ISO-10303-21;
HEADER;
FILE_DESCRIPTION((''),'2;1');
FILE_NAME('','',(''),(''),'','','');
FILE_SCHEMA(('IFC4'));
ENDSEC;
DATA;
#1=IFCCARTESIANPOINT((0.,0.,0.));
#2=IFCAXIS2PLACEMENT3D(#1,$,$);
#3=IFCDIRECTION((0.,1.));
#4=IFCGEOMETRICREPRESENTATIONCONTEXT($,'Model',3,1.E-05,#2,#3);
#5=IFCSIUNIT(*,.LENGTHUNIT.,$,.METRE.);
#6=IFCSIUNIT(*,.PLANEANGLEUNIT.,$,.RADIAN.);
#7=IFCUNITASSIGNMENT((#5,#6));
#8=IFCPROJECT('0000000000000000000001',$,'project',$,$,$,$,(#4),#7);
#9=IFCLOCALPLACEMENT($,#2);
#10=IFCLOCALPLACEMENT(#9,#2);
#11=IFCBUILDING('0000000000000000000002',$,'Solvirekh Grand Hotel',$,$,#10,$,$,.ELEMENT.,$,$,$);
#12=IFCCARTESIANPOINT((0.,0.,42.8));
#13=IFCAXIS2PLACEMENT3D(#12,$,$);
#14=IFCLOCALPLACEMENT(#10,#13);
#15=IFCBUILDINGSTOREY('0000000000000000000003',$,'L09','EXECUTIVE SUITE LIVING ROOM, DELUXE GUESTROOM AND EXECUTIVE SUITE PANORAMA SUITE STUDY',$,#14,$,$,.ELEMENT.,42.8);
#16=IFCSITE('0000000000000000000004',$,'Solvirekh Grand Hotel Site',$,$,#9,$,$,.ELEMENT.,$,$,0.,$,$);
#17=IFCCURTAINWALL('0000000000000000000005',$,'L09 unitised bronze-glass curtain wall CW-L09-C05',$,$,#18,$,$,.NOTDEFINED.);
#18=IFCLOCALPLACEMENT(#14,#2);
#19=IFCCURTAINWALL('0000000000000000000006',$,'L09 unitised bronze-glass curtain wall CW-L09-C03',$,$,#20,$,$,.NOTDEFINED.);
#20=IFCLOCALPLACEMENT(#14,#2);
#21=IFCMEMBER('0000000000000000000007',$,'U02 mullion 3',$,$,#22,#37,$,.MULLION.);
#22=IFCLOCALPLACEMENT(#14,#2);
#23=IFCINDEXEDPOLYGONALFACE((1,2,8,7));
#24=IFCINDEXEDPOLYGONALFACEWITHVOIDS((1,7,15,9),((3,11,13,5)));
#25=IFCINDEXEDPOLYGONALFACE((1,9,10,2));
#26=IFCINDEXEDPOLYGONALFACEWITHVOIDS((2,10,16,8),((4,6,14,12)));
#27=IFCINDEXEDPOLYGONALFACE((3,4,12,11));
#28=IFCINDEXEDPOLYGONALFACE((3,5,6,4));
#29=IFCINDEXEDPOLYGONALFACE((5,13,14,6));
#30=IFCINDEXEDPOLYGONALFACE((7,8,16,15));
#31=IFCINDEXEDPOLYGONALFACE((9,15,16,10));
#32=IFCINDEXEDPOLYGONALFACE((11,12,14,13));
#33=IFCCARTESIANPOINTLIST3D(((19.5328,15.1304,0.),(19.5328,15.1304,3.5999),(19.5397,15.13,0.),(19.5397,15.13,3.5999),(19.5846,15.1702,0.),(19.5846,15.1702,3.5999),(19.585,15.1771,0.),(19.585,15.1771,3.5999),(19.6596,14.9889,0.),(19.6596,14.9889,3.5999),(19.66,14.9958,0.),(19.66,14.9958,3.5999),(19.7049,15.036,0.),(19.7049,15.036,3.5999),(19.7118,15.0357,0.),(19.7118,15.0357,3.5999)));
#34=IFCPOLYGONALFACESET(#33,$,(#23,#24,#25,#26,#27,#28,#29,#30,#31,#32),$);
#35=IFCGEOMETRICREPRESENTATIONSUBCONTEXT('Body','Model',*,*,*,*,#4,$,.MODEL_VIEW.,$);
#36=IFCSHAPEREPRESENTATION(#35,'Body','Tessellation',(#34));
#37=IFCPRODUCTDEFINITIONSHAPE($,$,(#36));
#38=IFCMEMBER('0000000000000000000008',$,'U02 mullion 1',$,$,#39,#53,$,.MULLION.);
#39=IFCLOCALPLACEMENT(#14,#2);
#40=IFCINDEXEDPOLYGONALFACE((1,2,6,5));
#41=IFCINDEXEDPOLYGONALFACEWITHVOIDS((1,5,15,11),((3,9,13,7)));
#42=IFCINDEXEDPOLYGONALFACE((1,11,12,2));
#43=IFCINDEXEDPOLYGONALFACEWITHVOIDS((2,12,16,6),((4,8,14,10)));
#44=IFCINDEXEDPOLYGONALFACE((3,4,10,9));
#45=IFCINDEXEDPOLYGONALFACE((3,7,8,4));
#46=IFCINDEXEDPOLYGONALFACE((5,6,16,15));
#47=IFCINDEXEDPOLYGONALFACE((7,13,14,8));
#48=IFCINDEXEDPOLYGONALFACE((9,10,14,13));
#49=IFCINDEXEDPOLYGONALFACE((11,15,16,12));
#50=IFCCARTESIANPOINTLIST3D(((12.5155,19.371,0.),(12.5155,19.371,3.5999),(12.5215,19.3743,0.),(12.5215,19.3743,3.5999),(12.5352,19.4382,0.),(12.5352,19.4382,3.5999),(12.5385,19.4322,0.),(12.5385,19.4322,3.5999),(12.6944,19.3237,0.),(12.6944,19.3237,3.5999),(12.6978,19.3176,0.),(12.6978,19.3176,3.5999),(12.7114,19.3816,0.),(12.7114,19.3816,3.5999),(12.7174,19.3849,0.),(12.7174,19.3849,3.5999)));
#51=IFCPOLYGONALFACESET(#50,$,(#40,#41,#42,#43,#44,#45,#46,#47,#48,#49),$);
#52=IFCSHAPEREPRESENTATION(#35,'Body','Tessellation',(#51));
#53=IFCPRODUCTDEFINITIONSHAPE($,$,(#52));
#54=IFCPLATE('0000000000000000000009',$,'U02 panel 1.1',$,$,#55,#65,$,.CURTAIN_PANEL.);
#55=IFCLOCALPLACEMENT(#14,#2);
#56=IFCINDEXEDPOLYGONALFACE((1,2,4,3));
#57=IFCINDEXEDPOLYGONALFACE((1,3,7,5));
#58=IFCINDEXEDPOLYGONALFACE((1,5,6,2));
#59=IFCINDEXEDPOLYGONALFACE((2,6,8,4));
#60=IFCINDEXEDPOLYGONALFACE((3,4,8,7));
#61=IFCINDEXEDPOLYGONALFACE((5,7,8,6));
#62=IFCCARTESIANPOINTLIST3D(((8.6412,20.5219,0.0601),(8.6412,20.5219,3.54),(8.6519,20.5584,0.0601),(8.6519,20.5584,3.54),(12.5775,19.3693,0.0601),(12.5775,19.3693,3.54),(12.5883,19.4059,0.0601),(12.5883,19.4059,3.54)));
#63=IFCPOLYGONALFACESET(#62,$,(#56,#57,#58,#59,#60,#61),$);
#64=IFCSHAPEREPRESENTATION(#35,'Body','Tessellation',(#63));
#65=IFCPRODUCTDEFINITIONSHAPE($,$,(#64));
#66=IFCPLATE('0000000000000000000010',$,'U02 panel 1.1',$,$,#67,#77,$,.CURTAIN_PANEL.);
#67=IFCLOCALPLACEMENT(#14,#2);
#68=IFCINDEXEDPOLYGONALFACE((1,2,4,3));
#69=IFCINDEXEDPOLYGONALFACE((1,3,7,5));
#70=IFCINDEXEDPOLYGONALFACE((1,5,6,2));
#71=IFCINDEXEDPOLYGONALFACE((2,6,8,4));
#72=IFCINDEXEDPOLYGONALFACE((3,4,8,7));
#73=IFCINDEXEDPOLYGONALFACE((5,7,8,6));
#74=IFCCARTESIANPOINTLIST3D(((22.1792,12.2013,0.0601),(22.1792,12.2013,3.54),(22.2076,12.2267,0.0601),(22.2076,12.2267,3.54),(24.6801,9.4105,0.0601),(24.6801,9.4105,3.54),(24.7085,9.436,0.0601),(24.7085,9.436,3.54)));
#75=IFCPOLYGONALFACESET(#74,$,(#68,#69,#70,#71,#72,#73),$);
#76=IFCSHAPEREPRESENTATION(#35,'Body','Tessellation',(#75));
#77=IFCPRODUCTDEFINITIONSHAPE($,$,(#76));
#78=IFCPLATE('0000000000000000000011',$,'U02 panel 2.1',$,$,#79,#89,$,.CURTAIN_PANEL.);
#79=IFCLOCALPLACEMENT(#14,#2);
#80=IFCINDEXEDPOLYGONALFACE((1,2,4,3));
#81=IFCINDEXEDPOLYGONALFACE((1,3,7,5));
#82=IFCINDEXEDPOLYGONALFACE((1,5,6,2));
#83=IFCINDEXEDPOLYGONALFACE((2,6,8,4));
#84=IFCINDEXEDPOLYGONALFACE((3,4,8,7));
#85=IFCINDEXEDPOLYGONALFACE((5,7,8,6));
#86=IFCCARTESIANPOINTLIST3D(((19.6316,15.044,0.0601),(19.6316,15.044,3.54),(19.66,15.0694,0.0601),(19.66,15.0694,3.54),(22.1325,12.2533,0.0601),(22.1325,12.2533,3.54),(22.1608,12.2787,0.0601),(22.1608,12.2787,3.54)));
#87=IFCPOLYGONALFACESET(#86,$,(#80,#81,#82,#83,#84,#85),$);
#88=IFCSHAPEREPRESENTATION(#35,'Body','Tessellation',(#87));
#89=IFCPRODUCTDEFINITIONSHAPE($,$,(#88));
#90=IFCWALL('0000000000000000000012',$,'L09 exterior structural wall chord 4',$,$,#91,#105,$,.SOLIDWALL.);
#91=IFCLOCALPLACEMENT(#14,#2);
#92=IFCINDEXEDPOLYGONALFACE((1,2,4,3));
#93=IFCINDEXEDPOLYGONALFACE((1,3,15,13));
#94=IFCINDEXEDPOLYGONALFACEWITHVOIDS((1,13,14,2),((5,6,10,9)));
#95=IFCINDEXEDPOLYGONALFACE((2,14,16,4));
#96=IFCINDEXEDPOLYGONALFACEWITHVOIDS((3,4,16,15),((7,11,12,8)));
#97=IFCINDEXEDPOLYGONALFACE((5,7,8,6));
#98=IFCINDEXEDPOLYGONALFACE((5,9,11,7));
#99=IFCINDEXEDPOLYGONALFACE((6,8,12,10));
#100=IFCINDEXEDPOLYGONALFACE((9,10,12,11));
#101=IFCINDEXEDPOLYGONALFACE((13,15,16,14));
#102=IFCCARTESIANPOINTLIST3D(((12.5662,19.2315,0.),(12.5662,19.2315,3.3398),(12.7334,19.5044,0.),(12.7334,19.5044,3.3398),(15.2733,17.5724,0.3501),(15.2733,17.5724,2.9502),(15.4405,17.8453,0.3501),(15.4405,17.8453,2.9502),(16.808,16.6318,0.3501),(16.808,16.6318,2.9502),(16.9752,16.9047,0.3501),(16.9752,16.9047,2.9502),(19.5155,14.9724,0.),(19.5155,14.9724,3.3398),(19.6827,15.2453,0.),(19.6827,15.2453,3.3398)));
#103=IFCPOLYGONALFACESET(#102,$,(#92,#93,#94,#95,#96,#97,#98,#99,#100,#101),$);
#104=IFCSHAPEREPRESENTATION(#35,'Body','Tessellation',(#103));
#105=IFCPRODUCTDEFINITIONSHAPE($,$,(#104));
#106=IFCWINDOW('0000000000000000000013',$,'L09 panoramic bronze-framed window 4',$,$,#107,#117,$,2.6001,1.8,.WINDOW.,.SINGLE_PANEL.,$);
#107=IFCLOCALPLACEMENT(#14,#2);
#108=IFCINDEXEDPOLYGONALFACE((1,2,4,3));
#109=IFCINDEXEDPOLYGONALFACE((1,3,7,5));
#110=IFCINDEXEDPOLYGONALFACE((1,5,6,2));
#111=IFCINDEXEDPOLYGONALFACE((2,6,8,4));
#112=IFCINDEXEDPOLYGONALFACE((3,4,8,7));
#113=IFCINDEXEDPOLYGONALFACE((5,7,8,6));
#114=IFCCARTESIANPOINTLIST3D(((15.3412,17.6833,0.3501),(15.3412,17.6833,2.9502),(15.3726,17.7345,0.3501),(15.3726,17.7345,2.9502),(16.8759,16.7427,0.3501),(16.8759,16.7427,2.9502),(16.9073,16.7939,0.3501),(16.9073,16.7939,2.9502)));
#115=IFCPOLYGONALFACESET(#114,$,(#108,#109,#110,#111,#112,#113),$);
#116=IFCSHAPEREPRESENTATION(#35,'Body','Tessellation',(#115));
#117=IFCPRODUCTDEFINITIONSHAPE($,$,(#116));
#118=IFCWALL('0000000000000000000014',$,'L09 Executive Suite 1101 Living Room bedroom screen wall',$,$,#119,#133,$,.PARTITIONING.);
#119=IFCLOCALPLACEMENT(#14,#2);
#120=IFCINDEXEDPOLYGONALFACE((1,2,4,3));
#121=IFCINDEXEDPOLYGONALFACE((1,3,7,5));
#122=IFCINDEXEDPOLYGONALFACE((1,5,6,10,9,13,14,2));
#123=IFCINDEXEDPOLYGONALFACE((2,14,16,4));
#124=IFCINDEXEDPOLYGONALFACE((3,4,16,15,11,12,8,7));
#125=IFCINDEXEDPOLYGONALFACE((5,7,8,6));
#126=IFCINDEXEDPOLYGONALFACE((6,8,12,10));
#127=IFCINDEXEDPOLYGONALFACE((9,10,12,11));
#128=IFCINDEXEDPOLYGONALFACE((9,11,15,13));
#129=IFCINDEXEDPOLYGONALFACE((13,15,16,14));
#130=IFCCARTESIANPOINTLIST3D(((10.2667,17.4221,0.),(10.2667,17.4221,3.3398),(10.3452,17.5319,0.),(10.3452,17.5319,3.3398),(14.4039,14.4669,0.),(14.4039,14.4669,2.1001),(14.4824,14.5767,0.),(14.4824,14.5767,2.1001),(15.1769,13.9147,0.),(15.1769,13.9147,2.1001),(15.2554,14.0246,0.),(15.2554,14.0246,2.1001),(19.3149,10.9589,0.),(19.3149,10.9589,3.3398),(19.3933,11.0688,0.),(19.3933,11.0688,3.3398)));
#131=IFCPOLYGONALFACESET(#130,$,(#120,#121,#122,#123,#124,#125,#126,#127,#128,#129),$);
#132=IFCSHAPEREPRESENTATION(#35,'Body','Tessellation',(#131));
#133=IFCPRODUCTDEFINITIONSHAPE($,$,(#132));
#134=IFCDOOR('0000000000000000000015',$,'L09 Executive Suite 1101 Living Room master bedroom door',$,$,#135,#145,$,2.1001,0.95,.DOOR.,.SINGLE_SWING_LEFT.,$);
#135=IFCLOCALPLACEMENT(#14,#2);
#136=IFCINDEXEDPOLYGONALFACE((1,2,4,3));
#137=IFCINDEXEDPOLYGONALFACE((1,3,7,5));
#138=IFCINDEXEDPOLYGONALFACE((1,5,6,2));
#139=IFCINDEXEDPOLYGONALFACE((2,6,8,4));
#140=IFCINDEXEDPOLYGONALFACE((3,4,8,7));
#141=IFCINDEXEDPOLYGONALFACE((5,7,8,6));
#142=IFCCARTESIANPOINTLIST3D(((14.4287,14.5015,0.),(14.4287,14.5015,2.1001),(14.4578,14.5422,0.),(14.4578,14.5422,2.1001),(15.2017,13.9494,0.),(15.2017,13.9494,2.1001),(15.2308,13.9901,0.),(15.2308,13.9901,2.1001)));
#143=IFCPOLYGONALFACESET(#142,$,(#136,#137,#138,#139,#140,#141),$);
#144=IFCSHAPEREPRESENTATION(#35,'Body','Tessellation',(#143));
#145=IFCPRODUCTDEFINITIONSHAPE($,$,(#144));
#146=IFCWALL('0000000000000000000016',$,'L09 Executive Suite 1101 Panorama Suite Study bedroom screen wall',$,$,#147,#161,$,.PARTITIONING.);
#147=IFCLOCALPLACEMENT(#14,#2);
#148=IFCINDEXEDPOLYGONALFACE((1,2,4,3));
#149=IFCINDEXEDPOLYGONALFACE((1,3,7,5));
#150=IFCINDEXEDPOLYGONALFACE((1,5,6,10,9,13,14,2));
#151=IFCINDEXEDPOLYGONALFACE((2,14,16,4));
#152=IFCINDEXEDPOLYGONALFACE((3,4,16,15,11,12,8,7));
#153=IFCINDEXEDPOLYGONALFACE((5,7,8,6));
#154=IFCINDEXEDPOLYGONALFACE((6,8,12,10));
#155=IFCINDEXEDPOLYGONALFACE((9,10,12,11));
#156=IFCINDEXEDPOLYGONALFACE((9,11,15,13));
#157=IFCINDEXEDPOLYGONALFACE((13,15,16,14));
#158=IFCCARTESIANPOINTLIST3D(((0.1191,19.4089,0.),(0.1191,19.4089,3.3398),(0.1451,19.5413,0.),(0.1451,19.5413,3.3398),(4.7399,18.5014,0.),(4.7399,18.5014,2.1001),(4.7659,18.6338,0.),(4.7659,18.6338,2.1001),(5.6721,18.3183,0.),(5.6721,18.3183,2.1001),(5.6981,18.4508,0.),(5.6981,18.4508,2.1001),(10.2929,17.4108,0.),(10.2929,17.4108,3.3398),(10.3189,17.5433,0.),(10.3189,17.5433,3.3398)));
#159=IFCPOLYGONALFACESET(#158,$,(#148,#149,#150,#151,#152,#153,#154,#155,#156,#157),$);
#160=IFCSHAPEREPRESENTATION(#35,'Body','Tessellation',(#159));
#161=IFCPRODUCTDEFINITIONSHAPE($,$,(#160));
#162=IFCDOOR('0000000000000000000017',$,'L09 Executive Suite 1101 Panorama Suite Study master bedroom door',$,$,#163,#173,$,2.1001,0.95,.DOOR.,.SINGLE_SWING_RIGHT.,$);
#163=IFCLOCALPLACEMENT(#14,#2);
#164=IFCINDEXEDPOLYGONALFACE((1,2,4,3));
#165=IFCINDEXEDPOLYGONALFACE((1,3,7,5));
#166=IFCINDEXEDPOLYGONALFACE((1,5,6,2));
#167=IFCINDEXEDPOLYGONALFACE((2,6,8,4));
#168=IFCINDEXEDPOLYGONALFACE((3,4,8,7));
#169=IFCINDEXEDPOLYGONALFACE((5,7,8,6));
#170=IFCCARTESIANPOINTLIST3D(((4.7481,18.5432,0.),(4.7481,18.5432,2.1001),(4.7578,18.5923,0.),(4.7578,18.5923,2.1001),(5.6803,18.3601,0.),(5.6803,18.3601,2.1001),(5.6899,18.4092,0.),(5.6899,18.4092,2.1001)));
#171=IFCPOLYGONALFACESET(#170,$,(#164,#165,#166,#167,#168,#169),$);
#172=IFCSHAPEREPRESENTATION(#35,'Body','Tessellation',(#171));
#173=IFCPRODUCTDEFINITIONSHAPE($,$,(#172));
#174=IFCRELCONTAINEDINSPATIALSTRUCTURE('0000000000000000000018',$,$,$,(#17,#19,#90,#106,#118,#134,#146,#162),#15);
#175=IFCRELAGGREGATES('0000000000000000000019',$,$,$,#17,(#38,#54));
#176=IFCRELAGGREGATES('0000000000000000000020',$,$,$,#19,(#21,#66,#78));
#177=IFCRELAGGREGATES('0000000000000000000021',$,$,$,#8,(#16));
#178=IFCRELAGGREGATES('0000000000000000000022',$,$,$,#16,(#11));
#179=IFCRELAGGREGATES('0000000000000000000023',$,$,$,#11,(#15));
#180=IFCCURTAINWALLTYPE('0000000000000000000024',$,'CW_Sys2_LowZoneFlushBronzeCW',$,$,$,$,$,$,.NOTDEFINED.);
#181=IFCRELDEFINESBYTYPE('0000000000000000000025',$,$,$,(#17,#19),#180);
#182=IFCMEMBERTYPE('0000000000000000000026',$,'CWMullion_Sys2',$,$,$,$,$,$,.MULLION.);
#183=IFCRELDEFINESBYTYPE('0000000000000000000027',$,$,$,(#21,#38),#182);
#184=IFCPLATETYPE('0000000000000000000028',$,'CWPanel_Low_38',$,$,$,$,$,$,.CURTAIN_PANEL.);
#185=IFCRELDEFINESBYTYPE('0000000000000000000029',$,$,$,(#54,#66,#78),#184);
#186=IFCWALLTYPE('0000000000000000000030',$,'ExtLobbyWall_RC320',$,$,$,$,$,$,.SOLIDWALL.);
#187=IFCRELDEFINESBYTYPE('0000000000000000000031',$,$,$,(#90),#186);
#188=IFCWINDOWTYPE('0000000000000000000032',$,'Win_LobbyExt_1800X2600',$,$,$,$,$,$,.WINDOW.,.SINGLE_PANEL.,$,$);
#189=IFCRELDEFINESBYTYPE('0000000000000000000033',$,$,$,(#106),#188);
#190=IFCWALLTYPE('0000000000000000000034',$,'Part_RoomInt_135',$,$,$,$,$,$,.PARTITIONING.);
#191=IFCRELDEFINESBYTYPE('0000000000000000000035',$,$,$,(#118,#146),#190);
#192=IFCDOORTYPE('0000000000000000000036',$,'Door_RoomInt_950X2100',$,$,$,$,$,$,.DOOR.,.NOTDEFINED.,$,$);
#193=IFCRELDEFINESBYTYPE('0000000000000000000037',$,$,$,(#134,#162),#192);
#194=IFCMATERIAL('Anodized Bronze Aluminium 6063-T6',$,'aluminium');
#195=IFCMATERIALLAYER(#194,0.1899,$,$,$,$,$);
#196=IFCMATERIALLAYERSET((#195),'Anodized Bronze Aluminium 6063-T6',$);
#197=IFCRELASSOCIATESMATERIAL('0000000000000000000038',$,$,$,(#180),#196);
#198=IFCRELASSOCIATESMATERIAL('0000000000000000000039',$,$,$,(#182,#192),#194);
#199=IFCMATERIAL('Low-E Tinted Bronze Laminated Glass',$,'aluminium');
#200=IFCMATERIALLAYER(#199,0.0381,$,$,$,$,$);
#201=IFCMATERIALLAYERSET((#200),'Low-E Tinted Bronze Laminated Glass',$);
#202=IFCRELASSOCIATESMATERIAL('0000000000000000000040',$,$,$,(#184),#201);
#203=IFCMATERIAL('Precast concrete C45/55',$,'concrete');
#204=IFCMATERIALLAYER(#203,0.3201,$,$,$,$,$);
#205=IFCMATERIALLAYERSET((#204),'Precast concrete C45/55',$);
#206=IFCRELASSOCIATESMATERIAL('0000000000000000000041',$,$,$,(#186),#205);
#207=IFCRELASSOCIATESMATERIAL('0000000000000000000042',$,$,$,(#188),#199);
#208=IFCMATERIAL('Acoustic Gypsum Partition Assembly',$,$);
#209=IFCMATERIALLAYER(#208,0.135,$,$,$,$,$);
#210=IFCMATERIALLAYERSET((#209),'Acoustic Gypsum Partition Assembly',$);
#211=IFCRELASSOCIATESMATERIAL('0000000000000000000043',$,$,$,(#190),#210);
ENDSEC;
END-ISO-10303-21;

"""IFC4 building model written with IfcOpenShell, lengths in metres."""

from ifc_helpers import new_model, si_unit, direction, frame, frame_2d, origin, origin_2d, place, context, subcontext, project, spatial, rectangle, hollow_rectangle, extrude, source, transform, mapped, material, layer, layer_set, material_profile, profile_set, type_object, element, fill, aggregate, save


model = new_model("IFC4")

# Units and contexts
model_context = context("Model", 3, precision=1e-05, world=origin(), true_north=direction((0.0, 1.0)))
body_context = subcontext(model_context, "Body", "Model", "MODEL_VIEW")
ifc_project = project(units=[si_unit("LENGTHUNIT", "METRE"), si_unit("PLANEANGLEUNIT", "RADIAN")], contexts=[model_context])

# Site, building, storey
site_placement = place(None, origin())
site = spatial("IfcSite", under=ifc_project, at=site_placement, Name="Solvirekh Grand Hotel Site", CompositionType="ELEMENT", RefElevation=0.0)
building_placement = place(site_placement, origin())
building = spatial("IfcBuilding", under=site, at=building_placement, Name="Solvirekh Grand Hotel", CompositionType="ELEMENT")
storey_placement = place(building_placement, frame((0.0, 0.0, 42.8)))
storey = spatial("IfcBuildingStorey", under=building, at=storey_placement, Name="L09", Description="EXECUTIVE SUITE LIVING ROOM, DELUXE GUESTROOM AND EXECUTIVE SUITE PANORAMA SUITE STUDY", CompositionType="ELEMENT", Elevation=42.8)

# Curtain walls, member
ifc_material_1 = material(Name="Anodized Bronze Aluminium 6063-T6", Category="aluminium")
ifc_layer_1 = layer(ifc_material_1, 0.1899)
ifc_layer_set_1 = layer_set([ifc_layer_1], Name="Anodized Bronze Aluminium 6063-T6")
curtain_wall_type = type_object("IfcCurtainWallType", Name="CW_Sys2_LowZoneFlushBronzeCW", PredefinedType="NOTDEFINED", material=ifc_layer_set_1)
curtain_wall_1_placement = place(storey_placement, origin())
curtain_wall_1 = element("IfcCurtainWall", 1, at=curtain_wall_1_placement, inside=storey, type_object=curtain_wall_type, Name="L09 unitised bronze-glass curtain wall CW-L09-C05", PredefinedType="NOTDEFINED")
curtain_wall_2_placement = place(storey_placement, origin())
curtain_wall_2 = element("IfcCurtainWall", 2, at=curtain_wall_2_placement, inside=storey, type_object=curtain_wall_type, Name="L09 unitised bronze-glass curtain wall CW-L09-C03", PredefinedType="NOTDEFINED")
ifc_material_profile_1 = material_profile(ifc_material_1, hollow_rectangle(XDim=0.0701, YDim=0.1899, WallThickness=0.0049, at=origin_2d()), Name="ALU RHS 190X70X5")
ifc_profile_set_1 = profile_set([ifc_material_profile_1], Name="Anodized Bronze Aluminium 6063-T6")
member_type_1 = type_object("IfcMemberType", Name="CWMullion_Sys2", PredefinedType="MULLION", material=ifc_profile_set_1)
shared_shape_1 = source(origin(), body_context, "Body", "SweptSolid", [
    extrude(hollow_rectangle(XDim=0.0701, YDim=0.1899, WallThickness=0.0049, at=origin_2d()), origin(), (0.0, 0.0, 1.0), 3.5999),
])
member_1_placement = place(storey_placement, frame((19.6223, 15.083, 0.0), z_axis=(0.0, 0.0, 1.0), x_axis=(-0.744725, -0.667371, 0.0)))
member_1 = element("IfcMember", 3, at=member_1_placement, type_object=member_type_1, Name="U02 mullion 3", PredefinedType="MULLION", context=body_context, shape_type="MappedRepresentation", body=[
    mapped(shared_shape_1, transform((0.0, 0.0, 0.0), x_axis=(1.0, 0.0, 0.0), y_axis=(0.0, 1.0, 0.0), z_axis=(0.0, 0.0, 1.0), scale=1.0)),
])

# Member
member_2_placement = place(storey_placement, frame((12.6165, 19.3779, 0.0), z_axis=(0.0, 0.0, 1.0), x_axis=(-0.280995, -0.959709, 0.0)))
member_2 = element("IfcMember", 4, at=member_2_placement, type_object=member_type_1, Name="U02 mullion 1", PredefinedType="MULLION", context=body_context, shape_type="MappedRepresentation", body=[
    mapped(shared_shape_1, transform((0.0, 0.0, 0.0), x_axis=(1.0, 0.0, 0.0), y_axis=(0.0, 1.0, 0.0), z_axis=(0.0, 0.0, 1.0), scale=1.0)),
])

# Plates
ifc_material_2 = material(Name="Low-E Tinted Bronze Laminated Glass", Category="aluminium")
ifc_layer_2 = layer(ifc_material_2, 0.0381)
ifc_layer_set_2 = layer_set([ifc_layer_2], Name="Low-E Tinted Bronze Laminated Glass")
plate_type = type_object("IfcPlateType", Name="CWPanel_Low_38", PredefinedType="CURTAIN_PANEL", material=ifc_layer_set_2)
shared_shape_2 = source(origin(), body_context, "Body", "SweptSolid", [
    extrude(rectangle(XDim=4.1016, YDim=0.0381, at=origin_2d()), origin(), (0.0, 0.0, 1.0), 3.48),
])
plate_1_placement = place(storey_placement, frame((10.6147, 19.9639, 0.0601), z_axis=(0.0, 0.0, 1.0), x_axis=(-0.959709, 0.280995, 0.0)))
plate_1 = element("IfcPlate", 5, at=plate_1_placement, type_object=plate_type, Name="U02 panel 1.1", PredefinedType="CURTAIN_PANEL", context=body_context, shape_type="MappedRepresentation", body=[
    mapped(shared_shape_2, transform((0.0, 0.0, 0.0), x_axis=(1.0, 0.0, 0.0), y_axis=(0.0, 1.0, 0.0), z_axis=(0.0, 0.0, 1.0), scale=1.0)),
])
aggregate(curtain_wall_1, [member_2, plate_1])
shared_shape_3 = source(origin(), body_context, "Body", "SweptSolid", [
    extrude(rectangle(XDim=3.7473, YDim=0.0381, at=origin_2d()), origin(), (0.0, 0.0, 1.0), 3.48),
])
plate_2_placement = place(storey_placement, frame((23.4438, 10.8186, 0.0601), z_axis=(0.0, 0.0, 1.0), x_axis=(-0.667371, 0.744725, 0.0)))
plate_2 = element("IfcPlate", 6, at=plate_2_placement, type_object=plate_type, Name="U02 panel 1.1", PredefinedType="CURTAIN_PANEL", context=body_context, shape_type="MappedRepresentation", body=[
    mapped(shared_shape_3, transform((0.0, 0.0, 0.0), x_axis=(1.0, 0.0, 0.0), y_axis=(0.0, 1.0, 0.0), z_axis=(0.0, 0.0, 1.0), scale=1.0)),
])
plate_3_placement = place(storey_placement, frame((20.8962, 13.6614, 0.0601), z_axis=(0.0, 0.0, 1.0), x_axis=(-0.667371, 0.744725, 0.0)))
plate_3 = element("IfcPlate", 7, at=plate_3_placement, type_object=plate_type, Name="U02 panel 2.1", PredefinedType="CURTAIN_PANEL", context=body_context, shape_type="MappedRepresentation", body=[
    mapped(shared_shape_3, transform((0.0, 0.0, 0.0), x_axis=(1.0, 0.0, 0.0), y_axis=(0.0, 1.0, 0.0), z_axis=(0.0, 0.0, 1.0), scale=1.0)),
])
aggregate(curtain_wall_2, [member_1, plate_2, plate_3])

# Wall, opening, window
ifc_material_3 = material(Name="Precast concrete C45/55", Category="concrete")
ifc_layer_3 = layer(ifc_material_3, 0.3201)
ifc_layer_set_3 = layer_set([ifc_layer_3], Name="Precast concrete C45/55")
wall_type_1 = type_object("IfcWallType", Name="ExtLobbyWall_RC320", PredefinedType="SOLIDWALL", material=ifc_layer_set_3)
wall_1_placement = place(storey_placement, frame((12.6499, 19.3679, 0.0), z_axis=(0.0, 0.0, 1.0), x_axis=(0.85261, -0.522547, 0.0)))
wall_1 = element("IfcWall", 8, at=wall_1_placement, inside=storey, type_object=wall_type_1, Name="L09 exterior structural wall chord 4", PredefinedType="SOLIDWALL", context=body_context, shape_type="SweptSolid", body=[
    extrude(rectangle(XDim=8.1506, YDim=0.3201, at=frame_2d((4.0752, 0.0))), origin(), (0.0, 0.0, 1.0), 3.3398),
])
opening_1_placement = place(wall_1_placement, frame((3.175, 0.0, 0.3501)))
opening_1 = element("IfcOpeningElement", 9, at=opening_1_placement, cuts=wall_1, PredefinedType="OPENING", context=body_context, shape_type="SweptSolid", body=[
    extrude(rectangle(XDim=1.8, YDim=2.6001, at=frame_2d((0.8999, 1.3))), frame((0.0, 0.1699, 0.0), z_axis=(0.0, -1.0, 0.0), x_axis=(1.0, 0.0, 0.0)), (0.0, 0.0, 1.0), 0.3401),
])
window_type = type_object("IfcWindowType", Name="Win_LobbyExt_1800X2600", PartitioningType="SINGLE_PANEL", PredefinedType="WINDOW", material=ifc_material_2)
window_placement = place(opening_1_placement, origin())
window = element("IfcWindow", 10, at=window_placement, inside=storey, type_object=window_type, Name="L09 panoramic bronze-framed window 4", OverallHeight=2.6001, OverallWidth=1.8, PartitioningType="SINGLE_PANEL", PredefinedType="WINDOW", context=body_context, shape_type="SweptSolid", body=[
    extrude(rectangle(XDim=1.8, YDim=2.6001, at=frame_2d((0.8999, 1.3))), frame((0.0, 0.03, 0.0), z_axis=(0.0, -1.0, 0.0), x_axis=(1.0, 0.0, 0.0)), (0.0, 0.0, 1.0), 0.0601),
])
fill(opening_1, window)

# Walls, openings, doors
ifc_material_4 = material(Name="Acoustic Gypsum Partition Assembly")
ifc_layer_4 = layer(ifc_material_4, 0.135)
ifc_layer_set_4 = layer_set([ifc_layer_4], Name="Acoustic Gypsum Partition Assembly")
wall_type_2 = type_object("IfcWallType", Name="Part_RoomInt_135", PredefinedType="PARTITIONING", material=ifc_layer_set_4)
wall_2_placement = place(storey_placement, frame((19.354, 11.0139, 0.0), z_axis=(0.0, 0.0, 1.0), x_axis=(-0.813725, 0.581251, 0.0)))
wall_2 = element("IfcWall", 11, at=wall_2_placement, inside=storey, type_object=wall_type_2, Name="L09 Executive Suite 1101 Living Room bedroom screen wall", PredefinedType="PARTITIONING", context=body_context, shape_type="SweptSolid", body=[
    extrude(rectangle(XDim=11.1194, YDim=0.135, at=frame_2d((5.5596, 0.0))), origin(), (0.0, 0.0, 1.0), 3.3398),
])
opening_2_placement = place(wall_2_placement, frame((5.085, 0.0, 0.0)))
opening_2 = element("IfcOpeningElement", 12, at=opening_2_placement, cuts=wall_2, PredefinedType="OPENING", context=body_context, shape_type="SweptSolid", body=[
    extrude(rectangle(XDim=0.95, YDim=2.1001, at=frame_2d((0.4751, 1.05))), frame((0.0, 0.0776, 0.0), z_axis=(0.0, -1.0, 0.0), x_axis=(1.0, 0.0, 0.0)), (0.0, 0.0, 1.0), 0.155),
])
door_type = type_object("IfcDoorType", Name="Door_RoomInt_950X2100", OperationType="NOTDEFINED", PredefinedType="DOOR", material=ifc_material_1)
door_1_placement = place(opening_2_placement, origin())
door_1 = element("IfcDoor", 13, at=door_1_placement, inside=storey, type_object=door_type, Name="L09 Executive Suite 1101 Living Room master bedroom door", OperationType="SINGLE_SWING_LEFT", OverallHeight=2.1001, OverallWidth=0.95, PredefinedType="DOOR", context=body_context, shape_type="SweptSolid", body=[
    extrude(rectangle(XDim=0.95, YDim=2.1001, at=frame_2d((0.4751, 1.05))), frame((0.0, 0.0249, 0.0), z_axis=(0.0, -1.0, 0.0), x_axis=(1.0, 0.0, 0.0)), (0.0, 0.0, 1.0), 0.05),
])
fill(opening_2, door_1)
wall_3_placement = place(storey_placement, frame((10.3059, 17.4771, 0.0), z_axis=(0.0, 0.0, 1.0), x_axis=(-0.981256, 0.19271, 0.0)))
wall_3 = element("IfcWall", 14, at=wall_3_placement, inside=storey, type_object=wall_type_2, Name="L09 Executive Suite 1101 Panorama Suite Study bedroom screen wall", PredefinedType="PARTITIONING", context=body_context, shape_type="SweptSolid", body=[
    extrude(rectangle(XDim=10.3682, YDim=0.135, at=frame_2d((5.1841, 0.0))), origin(), (0.0, 0.0, 1.0), 3.3398),
])
opening_3_placement = place(wall_3_placement, frame((4.709, 0.0, 0.0)))
opening_3 = element("IfcOpeningElement", 15, at=opening_3_placement, cuts=wall_3, PredefinedType="OPENING", context=body_context, shape_type="SweptSolid", body=[
    extrude(rectangle(XDim=0.95, YDim=2.1001, at=frame_2d((0.4751, 1.05))), frame((0.0, 0.0776, 0.0), z_axis=(0.0, -1.0, 0.0), x_axis=(1.0, 0.0, 0.0)), (0.0, 0.0, 1.0), 0.155),
])
door_2_placement = place(opening_3_placement, origin())
door_2 = element("IfcDoor", 16, at=door_2_placement, inside=storey, type_object=door_type, Name="L09 Executive Suite 1101 Panorama Suite Study master bedroom door", OperationType="SINGLE_SWING_RIGHT", OverallHeight=2.1001, OverallWidth=0.95, PredefinedType="DOOR", context=body_context, shape_type="SweptSolid", body=[
    extrude(rectangle(XDim=0.95, YDim=2.1001, at=frame_2d((0.4751, 1.05))), frame((0.0, 0.0249, 0.0), z_axis=(0.0, -1.0, 0.0), x_axis=(1.0, 0.0, 0.0)), (0.0, 0.0, 1.0), 0.05),
])
fill(opening_3, door_2)

save(model, "model.ifc")
